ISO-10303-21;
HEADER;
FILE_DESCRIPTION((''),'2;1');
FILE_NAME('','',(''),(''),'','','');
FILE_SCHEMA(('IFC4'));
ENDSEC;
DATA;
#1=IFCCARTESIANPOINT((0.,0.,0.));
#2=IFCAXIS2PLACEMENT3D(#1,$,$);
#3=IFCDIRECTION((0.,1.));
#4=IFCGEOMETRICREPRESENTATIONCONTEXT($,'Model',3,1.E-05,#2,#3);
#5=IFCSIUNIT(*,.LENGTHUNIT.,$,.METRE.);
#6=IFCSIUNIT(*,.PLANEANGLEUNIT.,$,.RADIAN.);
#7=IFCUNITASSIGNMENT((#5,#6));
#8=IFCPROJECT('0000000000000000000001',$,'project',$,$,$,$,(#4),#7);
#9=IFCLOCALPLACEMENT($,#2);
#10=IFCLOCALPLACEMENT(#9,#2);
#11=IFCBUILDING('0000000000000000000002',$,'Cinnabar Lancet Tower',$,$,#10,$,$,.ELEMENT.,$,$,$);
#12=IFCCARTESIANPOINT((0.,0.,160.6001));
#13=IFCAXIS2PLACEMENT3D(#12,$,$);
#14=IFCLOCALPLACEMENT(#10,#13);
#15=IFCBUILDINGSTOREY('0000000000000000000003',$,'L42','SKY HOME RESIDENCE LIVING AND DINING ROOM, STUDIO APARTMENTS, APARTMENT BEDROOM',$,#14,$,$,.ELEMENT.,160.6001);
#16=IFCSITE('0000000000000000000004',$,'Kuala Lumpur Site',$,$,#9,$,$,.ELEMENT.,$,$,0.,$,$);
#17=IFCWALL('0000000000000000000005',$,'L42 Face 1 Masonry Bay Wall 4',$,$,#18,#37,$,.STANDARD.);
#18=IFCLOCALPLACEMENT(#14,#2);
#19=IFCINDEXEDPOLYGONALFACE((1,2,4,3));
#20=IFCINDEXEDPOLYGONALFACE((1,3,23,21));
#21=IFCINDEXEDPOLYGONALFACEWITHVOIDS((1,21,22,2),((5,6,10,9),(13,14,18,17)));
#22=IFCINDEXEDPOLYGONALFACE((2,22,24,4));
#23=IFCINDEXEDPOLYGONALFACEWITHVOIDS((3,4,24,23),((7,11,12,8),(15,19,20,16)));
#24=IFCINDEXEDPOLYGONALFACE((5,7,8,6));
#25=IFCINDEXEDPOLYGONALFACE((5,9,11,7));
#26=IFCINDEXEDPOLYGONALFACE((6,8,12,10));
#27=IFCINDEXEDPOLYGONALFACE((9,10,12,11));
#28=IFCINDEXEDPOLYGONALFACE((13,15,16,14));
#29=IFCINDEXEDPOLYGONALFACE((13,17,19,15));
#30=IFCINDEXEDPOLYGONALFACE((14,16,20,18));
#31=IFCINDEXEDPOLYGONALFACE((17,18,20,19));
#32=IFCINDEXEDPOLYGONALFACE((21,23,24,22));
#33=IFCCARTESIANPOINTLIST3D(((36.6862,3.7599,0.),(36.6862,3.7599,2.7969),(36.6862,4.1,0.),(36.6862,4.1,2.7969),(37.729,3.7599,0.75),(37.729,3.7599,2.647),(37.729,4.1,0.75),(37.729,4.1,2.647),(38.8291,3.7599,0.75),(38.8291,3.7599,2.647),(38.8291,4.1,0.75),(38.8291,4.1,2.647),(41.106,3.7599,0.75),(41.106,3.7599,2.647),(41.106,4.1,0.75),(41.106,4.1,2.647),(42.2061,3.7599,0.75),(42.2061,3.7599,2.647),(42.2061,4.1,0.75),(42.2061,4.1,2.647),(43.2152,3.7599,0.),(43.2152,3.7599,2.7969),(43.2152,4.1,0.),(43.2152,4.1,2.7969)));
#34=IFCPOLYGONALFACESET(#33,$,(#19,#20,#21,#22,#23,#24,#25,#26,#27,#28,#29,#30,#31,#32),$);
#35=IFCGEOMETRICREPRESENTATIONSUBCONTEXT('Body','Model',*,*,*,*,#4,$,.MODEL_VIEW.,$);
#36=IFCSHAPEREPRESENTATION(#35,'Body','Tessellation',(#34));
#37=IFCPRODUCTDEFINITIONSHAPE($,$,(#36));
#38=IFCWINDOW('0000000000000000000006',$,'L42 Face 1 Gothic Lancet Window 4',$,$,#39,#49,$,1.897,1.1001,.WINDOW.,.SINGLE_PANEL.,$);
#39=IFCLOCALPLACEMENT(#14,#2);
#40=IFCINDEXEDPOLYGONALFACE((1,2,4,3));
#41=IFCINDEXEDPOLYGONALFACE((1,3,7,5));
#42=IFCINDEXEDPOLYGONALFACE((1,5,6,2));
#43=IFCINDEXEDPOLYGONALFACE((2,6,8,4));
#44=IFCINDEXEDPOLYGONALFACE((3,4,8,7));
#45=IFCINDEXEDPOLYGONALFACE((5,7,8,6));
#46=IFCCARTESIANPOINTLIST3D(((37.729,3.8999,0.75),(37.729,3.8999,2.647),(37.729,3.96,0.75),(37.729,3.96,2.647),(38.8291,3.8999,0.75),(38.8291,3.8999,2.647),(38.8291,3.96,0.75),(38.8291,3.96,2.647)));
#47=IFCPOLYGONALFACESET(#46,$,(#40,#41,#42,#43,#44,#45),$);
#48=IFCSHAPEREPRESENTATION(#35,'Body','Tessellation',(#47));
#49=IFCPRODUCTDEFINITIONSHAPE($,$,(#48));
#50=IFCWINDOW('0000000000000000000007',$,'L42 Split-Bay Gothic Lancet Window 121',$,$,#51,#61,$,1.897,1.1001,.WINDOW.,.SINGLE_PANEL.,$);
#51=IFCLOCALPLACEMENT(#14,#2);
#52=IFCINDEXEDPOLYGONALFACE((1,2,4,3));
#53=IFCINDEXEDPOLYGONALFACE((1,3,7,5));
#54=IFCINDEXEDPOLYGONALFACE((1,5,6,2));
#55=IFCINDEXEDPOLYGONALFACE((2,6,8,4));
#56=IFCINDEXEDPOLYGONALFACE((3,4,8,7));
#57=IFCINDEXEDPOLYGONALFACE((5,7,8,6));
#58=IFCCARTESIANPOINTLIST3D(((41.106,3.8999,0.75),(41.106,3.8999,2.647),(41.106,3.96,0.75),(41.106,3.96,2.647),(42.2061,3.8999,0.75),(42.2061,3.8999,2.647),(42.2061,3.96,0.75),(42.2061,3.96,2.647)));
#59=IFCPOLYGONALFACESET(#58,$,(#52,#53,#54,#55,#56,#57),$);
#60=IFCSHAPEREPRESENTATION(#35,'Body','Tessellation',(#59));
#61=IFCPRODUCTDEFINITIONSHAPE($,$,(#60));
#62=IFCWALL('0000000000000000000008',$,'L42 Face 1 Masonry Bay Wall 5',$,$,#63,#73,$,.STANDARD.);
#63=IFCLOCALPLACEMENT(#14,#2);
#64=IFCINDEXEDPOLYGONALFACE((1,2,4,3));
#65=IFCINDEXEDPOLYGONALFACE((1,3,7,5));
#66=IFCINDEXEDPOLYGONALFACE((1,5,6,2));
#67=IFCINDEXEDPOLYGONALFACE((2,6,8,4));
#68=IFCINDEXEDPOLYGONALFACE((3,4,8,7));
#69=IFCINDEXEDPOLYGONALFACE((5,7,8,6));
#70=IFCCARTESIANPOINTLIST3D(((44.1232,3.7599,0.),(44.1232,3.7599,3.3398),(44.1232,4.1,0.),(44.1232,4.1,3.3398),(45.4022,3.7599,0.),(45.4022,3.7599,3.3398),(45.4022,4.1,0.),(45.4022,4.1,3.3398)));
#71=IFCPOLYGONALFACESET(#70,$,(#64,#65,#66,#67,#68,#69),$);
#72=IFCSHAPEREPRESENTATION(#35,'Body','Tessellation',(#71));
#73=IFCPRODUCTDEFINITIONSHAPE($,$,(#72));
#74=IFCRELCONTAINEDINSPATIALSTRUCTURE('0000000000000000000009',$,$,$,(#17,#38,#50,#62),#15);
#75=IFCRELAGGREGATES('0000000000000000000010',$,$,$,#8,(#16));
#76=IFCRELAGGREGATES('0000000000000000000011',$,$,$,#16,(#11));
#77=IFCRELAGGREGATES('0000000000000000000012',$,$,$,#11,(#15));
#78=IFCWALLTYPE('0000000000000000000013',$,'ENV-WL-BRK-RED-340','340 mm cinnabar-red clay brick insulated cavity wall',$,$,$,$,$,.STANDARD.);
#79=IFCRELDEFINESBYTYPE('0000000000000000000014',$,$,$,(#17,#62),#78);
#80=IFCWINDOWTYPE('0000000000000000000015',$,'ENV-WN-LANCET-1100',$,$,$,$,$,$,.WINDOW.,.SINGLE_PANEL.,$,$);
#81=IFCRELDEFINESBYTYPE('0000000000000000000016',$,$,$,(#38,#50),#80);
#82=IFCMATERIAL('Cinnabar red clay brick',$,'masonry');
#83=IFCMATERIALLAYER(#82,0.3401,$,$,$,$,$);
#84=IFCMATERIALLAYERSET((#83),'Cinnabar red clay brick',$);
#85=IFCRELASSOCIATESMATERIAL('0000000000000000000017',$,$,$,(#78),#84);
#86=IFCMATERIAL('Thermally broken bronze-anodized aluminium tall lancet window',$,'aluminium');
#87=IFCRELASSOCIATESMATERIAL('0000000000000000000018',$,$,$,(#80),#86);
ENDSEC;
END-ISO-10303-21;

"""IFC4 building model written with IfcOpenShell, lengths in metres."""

from ifc_helpers import new_model, si_unit, direction, frame, frame_2d, origin, place, context, subcontext, project, spatial, rectangle, extrude, material, layer, layer_set, type_object, element, fill, save


model = new_model("IFC4")

# Units and contexts
model_context = context("Model", 3, precision=1e-05, world=origin(), true_north=direction((0.0, 1.0)))
body_context = subcontext(model_context, "Body", "Model", "MODEL_VIEW")
ifc_project = project(units=[si_unit("LENGTHUNIT", "METRE"), si_unit("PLANEANGLEUNIT", "RADIAN")], contexts=[model_context])

# Site, building, storey
site_placement = place(None, origin())
site = spatial("IfcSite", under=ifc_project, at=site_placement, Name="Kuala Lumpur Site", CompositionType="ELEMENT", RefElevation=0.0)
building_placement = place(site_placement, origin())
building = spatial("IfcBuilding", under=site, at=building_placement, Name="Cinnabar Lancet Tower", CompositionType="ELEMENT")
storey_placement = place(building_placement, frame((0.0, 0.0, 160.6001)))
storey = spatial("IfcBuildingStorey", under=building, at=storey_placement, Name="L42", Description="SKY HOME RESIDENCE LIVING AND DINING ROOM, STUDIO APARTMENTS, APARTMENT BEDROOM", CompositionType="ELEMENT", Elevation=160.6001)

# Wall, openings, windows
ifc_material_1 = material(Name="Cinnabar red clay brick", Category="masonry")
ifc_layer_1 = layer(ifc_material_1, 0.3401)
ifc_layer_set_1 = layer_set([ifc_layer_1], Name="Cinnabar red clay brick")
wall_type_1 = type_object("IfcWallType", Name="ENV-WL-BRK-RED-340", Description="340 mm cinnabar-red clay brick insulated cavity wall", PredefinedType="STANDARD", material=ifc_layer_set_1)
wall_1_placement = place(storey_placement, frame((36.686, 3.9299, 0.0), z_axis=(0.0, 0.0, 1.0), x_axis=(1.0, 0.0, 0.0)))
wall_1 = element("IfcWall", 1, at=wall_1_placement, inside=storey, type_object=wall_type_1, Name="L42 Face 1 Masonry Bay Wall 4", PredefinedType="STANDARD", context=body_context, shape_type="SweptSolid", body=[
    extrude(rectangle(XDim=6.5291, YDim=0.3401, at=frame_2d((3.2646, 0.0))), origin(), (0.0, 0.0, 1.0), 2.7969),
])
opening_1_placement = place(wall_1_placement, frame((1.043, 0.0, 0.75)))
opening_1 = element("IfcOpeningElement", 2, at=opening_1_placement, cuts=wall_1, PredefinedType="OPENING", context=body_context, shape_type="SweptSolid", body=[
    extrude(rectangle(XDim=1.1001, YDim=1.897, at=frame_2d((0.55, 0.9485))), frame((0.0, 0.1799, 0.0), z_axis=(0.0, -1.0, 0.0), x_axis=(1.0, 0.0, 0.0)), (0.0, 0.0, 1.0), 0.3601),
])
opening_2_placement = place(wall_1_placement, frame((4.4199, 0.0, 0.75)))
opening_2 = element("IfcOpeningElement", 3, at=opening_2_placement, cuts=wall_1, PredefinedType="OPENING", context=body_context, shape_type="SweptSolid", body=[
    extrude(rectangle(XDim=1.1001, YDim=1.897, at=frame_2d((0.55, 0.9485))), frame((0.0, 0.1799, 0.0), z_axis=(0.0, -1.0, 0.0), x_axis=(1.0, 0.0, 0.0)), (0.0, 0.0, 1.0), 0.3601),
])
ifc_material_2 = material(Name="Thermally broken bronze-anodized aluminium tall lancet window", Category="aluminium")
window_type = type_object("IfcWindowType", Name="ENV-WN-LANCET-1100", PartitioningType="SINGLE_PANEL", PredefinedType="WINDOW", material=ifc_material_2)
window_1_placement = place(opening_1_placement, origin())
window_1 = element("IfcWindow", 4, at=window_1_placement, inside=storey, type_object=window_type, Name="L42 Face 1 Gothic Lancet Window 4", OverallHeight=1.897, OverallWidth=1.1001, PartitioningType="SINGLE_PANEL", PredefinedType="WINDOW", context=body_context, shape_type="SweptSolid", body=[
    extrude(rectangle(XDim=1.1001, YDim=1.897, at=frame_2d((0.55, 0.9485))), frame((0.0, 0.03, 0.0), z_axis=(0.0, -1.0, 0.0), x_axis=(1.0, 0.0, 0.0)), (0.0, 0.0, 1.0), 0.0601),
])
fill(opening_1, window_1)
window_2_placement = place(opening_2_placement, origin())
window_2 = element("IfcWindow", 5, at=window_2_placement, inside=storey, type_object=window_type, Name="L42 Split-Bay Gothic Lancet Window 121", OverallHeight=1.897, OverallWidth=1.1001, PartitioningType="SINGLE_PANEL", PredefinedType="WINDOW", context=body_context, shape_type="SweptSolid", body=[
    extrude(rectangle(XDim=1.1001, YDim=1.897, at=frame_2d((0.55, 0.9485))), frame((0.0, 0.03, 0.0), z_axis=(0.0, -1.0, 0.0), x_axis=(1.0, 0.0, 0.0)), (0.0, 0.0, 1.0), 0.0601),
])
fill(opening_2, window_2)

# Wall
wall_2_placement = place(storey_placement, frame((44.123, 3.9299, 0.0), z_axis=(0.0, 0.0, 1.0), x_axis=(1.0, 0.0, 0.0)))
element("IfcWall", 6, at=wall_2_placement, inside=storey, type_object=wall_type_1, Name="L42 Face 1 Masonry Bay Wall 5", PredefinedType="STANDARD", context=body_context, shape_type="SweptSolid", body=[
    extrude(rectangle(XDim=1.2791, YDim=0.3401, at=frame_2d((0.6396, 0.0))), origin(), (0.0, 0.0, 1.0), 3.3398),
])

save(model, "model.ifc")
